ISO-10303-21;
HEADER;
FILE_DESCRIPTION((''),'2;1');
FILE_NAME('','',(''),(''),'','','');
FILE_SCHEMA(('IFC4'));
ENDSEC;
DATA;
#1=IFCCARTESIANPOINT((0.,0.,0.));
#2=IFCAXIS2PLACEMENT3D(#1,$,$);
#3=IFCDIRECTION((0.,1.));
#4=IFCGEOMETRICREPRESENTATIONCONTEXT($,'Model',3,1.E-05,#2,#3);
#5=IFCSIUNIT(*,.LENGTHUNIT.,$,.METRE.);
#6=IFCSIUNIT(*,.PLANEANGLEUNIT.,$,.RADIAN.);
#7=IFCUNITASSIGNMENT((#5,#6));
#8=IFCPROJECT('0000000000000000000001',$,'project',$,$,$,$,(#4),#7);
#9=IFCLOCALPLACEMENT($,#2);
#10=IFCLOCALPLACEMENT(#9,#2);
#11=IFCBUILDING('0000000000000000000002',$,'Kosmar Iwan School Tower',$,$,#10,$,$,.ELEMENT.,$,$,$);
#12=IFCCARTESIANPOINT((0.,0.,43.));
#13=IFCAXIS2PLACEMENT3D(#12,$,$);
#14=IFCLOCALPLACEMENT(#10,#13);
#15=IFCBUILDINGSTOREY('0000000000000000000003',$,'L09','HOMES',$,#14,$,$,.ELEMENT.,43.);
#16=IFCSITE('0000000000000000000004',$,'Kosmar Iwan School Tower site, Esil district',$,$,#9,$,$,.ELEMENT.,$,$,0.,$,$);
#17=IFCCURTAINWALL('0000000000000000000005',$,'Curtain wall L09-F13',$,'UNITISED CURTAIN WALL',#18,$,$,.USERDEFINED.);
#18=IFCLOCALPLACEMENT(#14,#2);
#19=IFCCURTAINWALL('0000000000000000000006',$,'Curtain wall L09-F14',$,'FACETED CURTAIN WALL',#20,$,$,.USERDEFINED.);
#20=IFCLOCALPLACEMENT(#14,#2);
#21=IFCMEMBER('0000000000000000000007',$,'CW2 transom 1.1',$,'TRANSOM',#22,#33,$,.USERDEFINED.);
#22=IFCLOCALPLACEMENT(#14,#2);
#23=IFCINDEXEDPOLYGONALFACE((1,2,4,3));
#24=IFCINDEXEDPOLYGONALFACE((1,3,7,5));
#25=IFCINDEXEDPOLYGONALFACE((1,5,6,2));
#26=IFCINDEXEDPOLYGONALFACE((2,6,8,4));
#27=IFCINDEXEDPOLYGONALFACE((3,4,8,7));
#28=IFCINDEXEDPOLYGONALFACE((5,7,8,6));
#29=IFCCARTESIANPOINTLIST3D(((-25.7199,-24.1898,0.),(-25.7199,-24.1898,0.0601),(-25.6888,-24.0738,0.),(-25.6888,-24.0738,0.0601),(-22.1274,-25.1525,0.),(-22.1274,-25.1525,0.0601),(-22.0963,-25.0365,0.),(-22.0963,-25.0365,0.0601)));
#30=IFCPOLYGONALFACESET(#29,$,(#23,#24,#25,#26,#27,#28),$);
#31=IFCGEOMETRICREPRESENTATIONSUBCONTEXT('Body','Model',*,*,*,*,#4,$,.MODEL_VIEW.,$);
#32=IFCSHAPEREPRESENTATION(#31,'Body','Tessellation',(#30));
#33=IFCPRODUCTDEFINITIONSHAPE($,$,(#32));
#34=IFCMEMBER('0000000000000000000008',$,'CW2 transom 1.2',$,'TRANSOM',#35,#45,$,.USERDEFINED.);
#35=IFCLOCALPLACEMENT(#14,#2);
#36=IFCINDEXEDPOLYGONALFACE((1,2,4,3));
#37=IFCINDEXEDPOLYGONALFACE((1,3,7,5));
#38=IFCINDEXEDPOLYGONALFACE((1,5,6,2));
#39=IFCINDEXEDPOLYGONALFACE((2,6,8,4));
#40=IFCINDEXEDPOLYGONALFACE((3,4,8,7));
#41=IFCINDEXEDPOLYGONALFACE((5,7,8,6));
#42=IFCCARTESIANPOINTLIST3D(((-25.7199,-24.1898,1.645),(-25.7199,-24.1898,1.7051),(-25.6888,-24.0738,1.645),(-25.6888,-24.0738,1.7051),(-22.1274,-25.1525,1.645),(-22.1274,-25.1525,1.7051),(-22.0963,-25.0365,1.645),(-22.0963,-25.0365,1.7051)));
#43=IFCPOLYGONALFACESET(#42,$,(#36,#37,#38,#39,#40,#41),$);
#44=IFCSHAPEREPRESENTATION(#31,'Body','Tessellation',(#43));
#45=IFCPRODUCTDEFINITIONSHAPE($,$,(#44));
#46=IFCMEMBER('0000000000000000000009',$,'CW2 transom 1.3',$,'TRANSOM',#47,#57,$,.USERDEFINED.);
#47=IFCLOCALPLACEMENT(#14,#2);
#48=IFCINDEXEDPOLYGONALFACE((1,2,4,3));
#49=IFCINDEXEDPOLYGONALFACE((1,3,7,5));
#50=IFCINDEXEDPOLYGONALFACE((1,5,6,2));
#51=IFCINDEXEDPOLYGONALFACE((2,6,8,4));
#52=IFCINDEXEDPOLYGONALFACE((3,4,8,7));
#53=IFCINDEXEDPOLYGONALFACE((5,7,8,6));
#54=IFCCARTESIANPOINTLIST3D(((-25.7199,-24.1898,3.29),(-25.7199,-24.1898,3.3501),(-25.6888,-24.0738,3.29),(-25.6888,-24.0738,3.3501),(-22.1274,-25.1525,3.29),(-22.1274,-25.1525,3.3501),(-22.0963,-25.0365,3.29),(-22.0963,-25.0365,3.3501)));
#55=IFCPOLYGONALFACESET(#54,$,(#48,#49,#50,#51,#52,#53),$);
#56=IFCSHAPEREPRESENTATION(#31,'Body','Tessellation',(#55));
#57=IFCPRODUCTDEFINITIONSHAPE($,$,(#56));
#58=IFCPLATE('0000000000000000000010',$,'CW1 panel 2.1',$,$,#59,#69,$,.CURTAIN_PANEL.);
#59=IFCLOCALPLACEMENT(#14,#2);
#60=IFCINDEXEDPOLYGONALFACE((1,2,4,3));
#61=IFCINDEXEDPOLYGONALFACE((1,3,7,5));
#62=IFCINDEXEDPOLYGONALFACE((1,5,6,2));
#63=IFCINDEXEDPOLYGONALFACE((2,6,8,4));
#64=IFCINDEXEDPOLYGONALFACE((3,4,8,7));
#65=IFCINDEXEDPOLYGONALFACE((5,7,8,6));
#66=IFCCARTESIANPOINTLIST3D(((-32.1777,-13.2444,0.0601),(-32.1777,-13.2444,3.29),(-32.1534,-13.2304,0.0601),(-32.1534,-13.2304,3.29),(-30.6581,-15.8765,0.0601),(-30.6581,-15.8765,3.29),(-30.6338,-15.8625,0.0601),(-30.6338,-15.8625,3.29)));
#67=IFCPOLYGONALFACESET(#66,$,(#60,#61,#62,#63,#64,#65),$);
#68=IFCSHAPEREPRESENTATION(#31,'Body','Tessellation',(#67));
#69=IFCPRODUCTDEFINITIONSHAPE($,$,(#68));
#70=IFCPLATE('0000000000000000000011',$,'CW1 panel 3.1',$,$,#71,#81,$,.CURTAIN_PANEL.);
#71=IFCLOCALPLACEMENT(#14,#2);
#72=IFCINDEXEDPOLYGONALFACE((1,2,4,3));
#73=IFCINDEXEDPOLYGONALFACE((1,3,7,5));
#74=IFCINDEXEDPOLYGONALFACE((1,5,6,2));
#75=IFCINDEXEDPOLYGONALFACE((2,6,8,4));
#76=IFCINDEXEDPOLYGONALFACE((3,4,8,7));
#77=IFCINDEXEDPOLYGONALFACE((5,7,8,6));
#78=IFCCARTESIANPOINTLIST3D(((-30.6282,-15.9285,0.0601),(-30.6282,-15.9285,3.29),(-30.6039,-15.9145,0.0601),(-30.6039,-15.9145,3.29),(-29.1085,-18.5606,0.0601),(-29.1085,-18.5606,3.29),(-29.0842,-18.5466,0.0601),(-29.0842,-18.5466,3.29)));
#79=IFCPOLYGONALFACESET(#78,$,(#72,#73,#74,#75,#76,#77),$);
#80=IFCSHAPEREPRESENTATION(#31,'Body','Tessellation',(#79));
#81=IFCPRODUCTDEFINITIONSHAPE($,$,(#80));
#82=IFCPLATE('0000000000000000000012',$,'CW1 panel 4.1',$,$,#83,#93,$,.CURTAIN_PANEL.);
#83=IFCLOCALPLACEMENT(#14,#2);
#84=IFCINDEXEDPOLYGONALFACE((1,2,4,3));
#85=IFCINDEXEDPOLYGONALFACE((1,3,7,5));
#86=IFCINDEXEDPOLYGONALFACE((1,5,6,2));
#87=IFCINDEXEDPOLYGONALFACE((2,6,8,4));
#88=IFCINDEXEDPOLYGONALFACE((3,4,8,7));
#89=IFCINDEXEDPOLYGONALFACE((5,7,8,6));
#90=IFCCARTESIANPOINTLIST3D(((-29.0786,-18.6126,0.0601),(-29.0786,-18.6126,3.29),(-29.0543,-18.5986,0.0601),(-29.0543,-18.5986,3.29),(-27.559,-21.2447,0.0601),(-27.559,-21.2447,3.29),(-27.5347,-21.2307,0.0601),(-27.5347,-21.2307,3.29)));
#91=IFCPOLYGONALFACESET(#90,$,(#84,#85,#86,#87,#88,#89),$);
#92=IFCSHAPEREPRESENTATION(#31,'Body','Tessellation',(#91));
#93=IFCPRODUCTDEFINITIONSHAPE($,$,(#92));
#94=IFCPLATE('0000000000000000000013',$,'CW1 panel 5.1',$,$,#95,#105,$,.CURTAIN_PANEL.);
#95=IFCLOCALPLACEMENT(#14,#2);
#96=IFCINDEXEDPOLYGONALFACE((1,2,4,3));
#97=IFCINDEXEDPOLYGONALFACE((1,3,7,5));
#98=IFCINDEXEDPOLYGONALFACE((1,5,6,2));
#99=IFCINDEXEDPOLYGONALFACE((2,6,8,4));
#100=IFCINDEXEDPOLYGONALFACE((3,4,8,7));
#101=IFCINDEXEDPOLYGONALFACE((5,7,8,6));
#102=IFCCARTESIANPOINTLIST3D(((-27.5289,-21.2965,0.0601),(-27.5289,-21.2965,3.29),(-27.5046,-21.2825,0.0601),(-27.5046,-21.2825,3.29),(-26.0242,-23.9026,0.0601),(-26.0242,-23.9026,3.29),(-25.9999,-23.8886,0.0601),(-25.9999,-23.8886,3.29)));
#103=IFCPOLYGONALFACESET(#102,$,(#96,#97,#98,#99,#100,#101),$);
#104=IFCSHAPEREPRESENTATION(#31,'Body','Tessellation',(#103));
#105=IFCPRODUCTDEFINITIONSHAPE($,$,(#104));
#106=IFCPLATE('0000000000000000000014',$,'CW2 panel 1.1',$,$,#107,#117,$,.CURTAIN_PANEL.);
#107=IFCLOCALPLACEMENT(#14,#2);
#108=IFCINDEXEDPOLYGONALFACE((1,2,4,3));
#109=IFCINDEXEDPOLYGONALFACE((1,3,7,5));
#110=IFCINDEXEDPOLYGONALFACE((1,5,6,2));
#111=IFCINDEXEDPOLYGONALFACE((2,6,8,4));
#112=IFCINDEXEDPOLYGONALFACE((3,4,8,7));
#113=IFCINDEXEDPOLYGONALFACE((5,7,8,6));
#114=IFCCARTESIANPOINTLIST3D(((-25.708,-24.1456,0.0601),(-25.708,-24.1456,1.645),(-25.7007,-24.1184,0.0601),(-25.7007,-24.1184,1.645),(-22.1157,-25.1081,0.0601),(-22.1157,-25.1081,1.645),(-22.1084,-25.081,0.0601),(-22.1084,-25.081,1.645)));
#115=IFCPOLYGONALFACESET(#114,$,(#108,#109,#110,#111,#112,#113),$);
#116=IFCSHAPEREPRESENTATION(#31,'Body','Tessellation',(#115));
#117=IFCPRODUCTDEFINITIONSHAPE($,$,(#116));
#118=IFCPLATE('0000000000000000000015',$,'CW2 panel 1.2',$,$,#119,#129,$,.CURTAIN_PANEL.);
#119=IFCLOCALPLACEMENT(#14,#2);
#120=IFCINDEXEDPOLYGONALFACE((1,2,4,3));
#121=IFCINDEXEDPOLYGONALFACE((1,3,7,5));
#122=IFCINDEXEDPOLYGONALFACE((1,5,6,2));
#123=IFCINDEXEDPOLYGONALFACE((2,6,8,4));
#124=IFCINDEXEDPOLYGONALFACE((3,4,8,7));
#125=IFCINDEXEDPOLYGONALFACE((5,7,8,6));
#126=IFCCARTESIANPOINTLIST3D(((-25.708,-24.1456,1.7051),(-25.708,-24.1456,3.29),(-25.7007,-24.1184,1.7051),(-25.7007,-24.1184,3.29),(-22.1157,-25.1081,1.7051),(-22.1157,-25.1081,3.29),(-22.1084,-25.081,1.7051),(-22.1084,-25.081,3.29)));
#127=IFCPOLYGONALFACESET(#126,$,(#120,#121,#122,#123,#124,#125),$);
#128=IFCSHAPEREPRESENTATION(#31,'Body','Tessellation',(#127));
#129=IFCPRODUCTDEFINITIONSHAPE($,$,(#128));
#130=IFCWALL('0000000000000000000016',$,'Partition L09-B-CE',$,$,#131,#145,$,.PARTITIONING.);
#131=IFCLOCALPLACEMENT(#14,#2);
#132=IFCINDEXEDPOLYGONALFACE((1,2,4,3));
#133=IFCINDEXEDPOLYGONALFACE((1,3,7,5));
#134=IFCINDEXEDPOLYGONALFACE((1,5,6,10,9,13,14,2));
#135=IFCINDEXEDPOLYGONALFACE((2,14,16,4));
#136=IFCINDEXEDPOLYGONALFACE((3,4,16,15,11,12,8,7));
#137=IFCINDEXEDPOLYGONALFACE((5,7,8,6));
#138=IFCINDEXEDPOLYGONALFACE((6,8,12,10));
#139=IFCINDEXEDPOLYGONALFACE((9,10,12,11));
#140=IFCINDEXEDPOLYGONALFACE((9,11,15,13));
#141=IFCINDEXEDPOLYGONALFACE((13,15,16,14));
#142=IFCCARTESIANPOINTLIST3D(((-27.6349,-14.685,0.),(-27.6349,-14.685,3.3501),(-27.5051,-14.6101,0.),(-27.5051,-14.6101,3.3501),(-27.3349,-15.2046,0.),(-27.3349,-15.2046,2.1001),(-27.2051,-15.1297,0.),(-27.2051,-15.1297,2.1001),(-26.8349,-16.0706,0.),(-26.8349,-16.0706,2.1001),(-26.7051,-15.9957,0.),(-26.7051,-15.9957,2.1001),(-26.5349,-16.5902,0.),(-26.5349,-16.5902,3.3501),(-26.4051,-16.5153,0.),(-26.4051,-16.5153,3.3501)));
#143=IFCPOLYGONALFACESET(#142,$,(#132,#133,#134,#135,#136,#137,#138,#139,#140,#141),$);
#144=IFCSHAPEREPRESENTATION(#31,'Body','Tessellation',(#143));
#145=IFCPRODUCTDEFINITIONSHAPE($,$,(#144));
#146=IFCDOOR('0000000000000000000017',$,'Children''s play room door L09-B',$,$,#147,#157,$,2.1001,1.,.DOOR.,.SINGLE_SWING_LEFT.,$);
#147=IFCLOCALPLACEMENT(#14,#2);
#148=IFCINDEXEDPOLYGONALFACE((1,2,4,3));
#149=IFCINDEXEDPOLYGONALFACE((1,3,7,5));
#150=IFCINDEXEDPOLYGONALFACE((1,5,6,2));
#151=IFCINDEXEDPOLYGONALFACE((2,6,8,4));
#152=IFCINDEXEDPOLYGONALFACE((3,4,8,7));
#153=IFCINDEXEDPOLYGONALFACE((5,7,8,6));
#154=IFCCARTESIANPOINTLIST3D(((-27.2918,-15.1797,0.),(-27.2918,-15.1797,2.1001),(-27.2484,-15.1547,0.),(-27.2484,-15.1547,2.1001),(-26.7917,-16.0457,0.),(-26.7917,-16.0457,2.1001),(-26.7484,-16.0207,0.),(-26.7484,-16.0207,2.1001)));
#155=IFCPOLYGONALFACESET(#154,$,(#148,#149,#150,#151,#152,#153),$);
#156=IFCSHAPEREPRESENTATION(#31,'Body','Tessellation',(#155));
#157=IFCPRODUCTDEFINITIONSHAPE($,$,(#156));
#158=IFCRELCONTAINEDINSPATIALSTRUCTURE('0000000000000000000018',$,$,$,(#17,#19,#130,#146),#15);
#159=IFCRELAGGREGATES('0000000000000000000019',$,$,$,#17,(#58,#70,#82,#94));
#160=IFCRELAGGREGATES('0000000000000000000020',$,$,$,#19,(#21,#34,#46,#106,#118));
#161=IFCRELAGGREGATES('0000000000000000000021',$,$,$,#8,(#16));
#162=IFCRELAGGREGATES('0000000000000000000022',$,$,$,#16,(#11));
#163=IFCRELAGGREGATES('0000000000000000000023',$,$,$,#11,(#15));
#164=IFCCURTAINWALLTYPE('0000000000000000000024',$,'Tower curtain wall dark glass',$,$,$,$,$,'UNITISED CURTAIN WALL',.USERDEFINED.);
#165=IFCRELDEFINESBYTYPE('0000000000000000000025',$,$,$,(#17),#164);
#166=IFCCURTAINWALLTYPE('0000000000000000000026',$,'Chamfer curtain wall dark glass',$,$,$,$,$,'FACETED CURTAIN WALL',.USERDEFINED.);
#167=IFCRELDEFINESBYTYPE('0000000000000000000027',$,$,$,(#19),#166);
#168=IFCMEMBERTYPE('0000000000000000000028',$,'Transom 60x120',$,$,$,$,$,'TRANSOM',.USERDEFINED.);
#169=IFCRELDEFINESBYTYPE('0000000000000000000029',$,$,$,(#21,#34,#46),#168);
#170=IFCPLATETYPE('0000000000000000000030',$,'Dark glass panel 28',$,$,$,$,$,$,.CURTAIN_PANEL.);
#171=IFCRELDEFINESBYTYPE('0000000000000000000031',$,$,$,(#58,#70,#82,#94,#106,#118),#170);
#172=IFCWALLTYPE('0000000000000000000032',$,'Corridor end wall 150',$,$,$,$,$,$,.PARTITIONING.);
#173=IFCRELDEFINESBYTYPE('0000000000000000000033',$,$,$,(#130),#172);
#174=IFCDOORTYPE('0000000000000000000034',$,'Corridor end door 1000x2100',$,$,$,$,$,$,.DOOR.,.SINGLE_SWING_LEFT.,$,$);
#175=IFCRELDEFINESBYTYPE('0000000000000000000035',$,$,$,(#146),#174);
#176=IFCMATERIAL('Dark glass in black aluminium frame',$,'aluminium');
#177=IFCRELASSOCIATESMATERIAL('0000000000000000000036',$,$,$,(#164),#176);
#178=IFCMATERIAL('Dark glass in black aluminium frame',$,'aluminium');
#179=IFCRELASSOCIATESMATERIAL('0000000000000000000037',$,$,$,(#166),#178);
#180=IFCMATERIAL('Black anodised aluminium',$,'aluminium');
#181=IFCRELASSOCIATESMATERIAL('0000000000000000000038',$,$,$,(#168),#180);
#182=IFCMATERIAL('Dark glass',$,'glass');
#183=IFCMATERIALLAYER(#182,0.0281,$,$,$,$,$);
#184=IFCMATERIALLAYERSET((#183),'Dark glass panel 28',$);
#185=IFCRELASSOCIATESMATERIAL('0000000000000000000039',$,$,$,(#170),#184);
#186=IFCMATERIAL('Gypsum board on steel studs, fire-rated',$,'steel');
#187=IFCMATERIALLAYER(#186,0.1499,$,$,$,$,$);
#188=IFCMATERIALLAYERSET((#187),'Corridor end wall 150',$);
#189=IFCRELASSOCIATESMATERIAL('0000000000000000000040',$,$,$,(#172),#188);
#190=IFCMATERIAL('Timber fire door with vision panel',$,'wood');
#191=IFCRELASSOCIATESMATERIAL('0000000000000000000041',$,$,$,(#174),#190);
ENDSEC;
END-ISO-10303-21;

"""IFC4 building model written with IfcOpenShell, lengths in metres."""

from ifc_helpers import new_model, si_unit, direction, frame, frame_2d, origin, origin_2d, place, context, subcontext, project, spatial, rectangle, extrude, material, layer, layer_set, material_profile, profile_set, type_object, element, fill, aggregate, save


model = new_model("IFC4")

# Units and contexts
model_context = context("Model", 3, precision=1e-05, world=origin(), true_north=direction((0.0, 1.0)))
body_context = subcontext(model_context, "Body", "Model", "MODEL_VIEW")
ifc_project = project(units=[si_unit("LENGTHUNIT", "METRE"), si_unit("PLANEANGLEUNIT", "RADIAN")], contexts=[model_context])

# Site, building, storey
site_placement = place(None, origin())
site = spatial("IfcSite", under=ifc_project, at=site_placement, Name="Kosmar Iwan School Tower site, Esil district", CompositionType="ELEMENT", RefElevation=0.0)
building_placement = place(site_placement, origin())
building = spatial("IfcBuilding", under=site, at=building_placement, Name="Kosmar Iwan School Tower", CompositionType="ELEMENT")
storey_placement = place(building_placement, frame((0.0, 0.0, 43.0)))
storey = spatial("IfcBuildingStorey", under=building, at=storey_placement, Name="L09", Description="HOMES", CompositionType="ELEMENT", Elevation=43.0)

# Curtain wall
ifc_material_1 = material(Name="Dark glass in black aluminium frame", Category="aluminium")
curtain_wall_type_1 = type_object("IfcCurtainWallType", Name="Tower curtain wall dark glass", ElementType="UNITISED CURTAIN WALL", PredefinedType="USERDEFINED", material=ifc_material_1)
curtain_wall_1_placement = place(storey_placement, origin())
curtain_wall_1 = element("IfcCurtainWall", 1, at=curtain_wall_1_placement, inside=storey, type_object=curtain_wall_type_1, Name="Curtain wall L09-F13", ObjectType="UNITISED CURTAIN WALL", PredefinedType="USERDEFINED")

# Curtain wall
ifc_material_2 = material(Name="Dark glass in black aluminium frame", Category="aluminium")
curtain_wall_type_2 = type_object("IfcCurtainWallType", Name="Chamfer curtain wall dark glass", ElementType="FACETED CURTAIN WALL", PredefinedType="USERDEFINED", material=ifc_material_2)
curtain_wall_2_placement = place(storey_placement, origin())
curtain_wall_2 = element("IfcCurtainWall", 2, at=curtain_wall_2_placement, inside=storey, type_object=curtain_wall_type_2, Name="Curtain wall L09-F14", ObjectType="FACETED CURTAIN WALL", PredefinedType="USERDEFINED")

# Members
ifc_material_3 = material(Name="Black anodised aluminium", Category="aluminium")
ifc_material_profile_1 = material_profile(ifc_material_3, rectangle(XDim=0.1201, YDim=0.0601, at=origin_2d()), Name="TRANSOM 60x120")
ifc_profile_set_1 = profile_set([ifc_material_profile_1], Name="Black anodised aluminium")
member_type_1 = type_object("IfcMemberType", Name="Transom 60x120", ElementType="TRANSOM", PredefinedType="USERDEFINED", material=ifc_profile_set_1)
member_1_placement = place(storey_placement, frame((-25.7043, -24.1318, 0.03), z_axis=(0.965924, -0.258827, 0.0), x_axis=(0.258827, 0.965924, 0.0)))
member_1 = element("IfcMember", 3, at=member_1_placement, type_object=member_type_1, Name="CW2 transom 1.1", ObjectType="TRANSOM", PredefinedType="USERDEFINED", context=body_context, shape_type="SweptSolid", body=[
    extrude(rectangle(XDim=0.1201, YDim=0.0601, at=origin_2d()), origin(), (0.0, 0.0, 1.0), 3.7192),
])
member_2_placement = place(storey_placement, frame((-25.7043, -24.1318, 1.675), z_axis=(0.965924, -0.258827, 0.0), x_axis=(0.258827, 0.965924, 0.0)))
member_2 = element("IfcMember", 4, at=member_2_placement, type_object=member_type_1, Name="CW2 transom 1.2", ObjectType="TRANSOM", PredefinedType="USERDEFINED", context=body_context, shape_type="SweptSolid", body=[
    extrude(rectangle(XDim=0.1201, YDim=0.0601, at=origin_2d()), origin(), (0.0, 0.0, 1.0), 3.7192),
])
member_3_placement = place(storey_placement, frame((-25.7043, -24.1318, 3.3201), z_axis=(0.965924, -0.258827, 0.0), x_axis=(0.258827, 0.965924, 0.0)))
member_3 = element("IfcMember", 5, at=member_3_placement, type_object=member_type_1, Name="CW2 transom 1.3", ObjectType="TRANSOM", PredefinedType="USERDEFINED", context=body_context, shape_type="SweptSolid", body=[
    extrude(rectangle(XDim=0.1201, YDim=0.0601, at=origin_2d()), origin(), (0.0, 0.0, 1.0), 3.7192),
])

# Plates
ifc_material_4 = material(Name="Dark glass", Category="glass")
ifc_layer_1 = layer(ifc_material_4, 0.0281)
ifc_layer_set_1 = layer_set([ifc_layer_1], Name="Dark glass panel 28")
plate_type = type_object("IfcPlateType", Name="Dark glass panel 28", PredefinedType="CURTAIN_PANEL", material=ifc_layer_set_1)
plate_1_placement = place(storey_placement, frame((-31.4058, -14.5535, 0.0601), z_axis=(0.0, 0.0, 1.0), x_axis=(0.5, -0.866025, 0.0)))
plate_1 = element("IfcPlate", 6, at=plate_1_placement, type_object=plate_type, Name="CW1 panel 2.1", PredefinedType="CURTAIN_PANEL", context=body_context, shape_type="SweptSolid", body=[
    extrude(rectangle(XDim=3.0393, YDim=0.0281, at=origin_2d()), origin(), (0.0, 0.0, 1.0), 3.23),
])
plate_2_placement = place(storey_placement, frame((-29.8562, -17.2375, 0.0601), z_axis=(0.0, 0.0, 1.0), x_axis=(0.5, -0.866025, 0.0)))
plate_2 = element("IfcPlate", 7, at=plate_2_placement, type_object=plate_type, Name="CW1 panel 3.1", PredefinedType="CURTAIN_PANEL", context=body_context, shape_type="SweptSolid", body=[
    extrude(rectangle(XDim=3.0393, YDim=0.0281, at=origin_2d()), origin(), (0.0, 0.0, 1.0), 3.23),
])
plate_3_placement = place(storey_placement, frame((-28.3066, -19.9216, 0.0601), z_axis=(0.0, 0.0, 1.0), x_axis=(0.5, -0.866025, 0.0)))
plate_3 = element("IfcPlate", 8, at=plate_3_placement, type_object=plate_type, Name="CW1 panel 4.1", PredefinedType="CURTAIN_PANEL", context=body_context, shape_type="SweptSolid", body=[
    extrude(rectangle(XDim=3.0393, YDim=0.0281, at=origin_2d()), origin(), (0.0, 0.0, 1.0), 3.23),
])
plate_4_placement = place(storey_placement, frame((-26.7644, -22.5925, 0.0601), z_axis=(0.0, 0.0, 1.0), x_axis=(0.5, -0.866025, 0.0)))
plate_4 = element("IfcPlate", 9, at=plate_4_placement, type_object=plate_type, Name="CW1 panel 5.1", PredefinedType="CURTAIN_PANEL", context=body_context, shape_type="SweptSolid", body=[
    extrude(rectangle(XDim=3.0093, YDim=0.0281, at=origin_2d()), origin(), (0.0, 0.0, 1.0), 3.23),
])
aggregate(curtain_wall_1, [plate_1, plate_2, plate_3, plate_4])
plate_5_placement = place(storey_placement, frame((-23.9082, -24.6133, 0.0601), z_axis=(0.0, 0.0, 1.0), x_axis=(0.965926, -0.258819, 0.0)))
plate_5 = element("IfcPlate", 10, at=plate_5_placement, type_object=plate_type, Name="CW2 panel 1.1", PredefinedType="CURTAIN_PANEL", context=body_context, shape_type="SweptSolid", body=[
    extrude(rectangle(XDim=3.719, YDim=0.0281, at=origin_2d()), origin(), (0.0, 0.0, 1.0), 1.585),
])
plate_6_placement = place(storey_placement, frame((-23.9082, -24.6133, 1.7051), z_axis=(0.0, 0.0, 1.0), x_axis=(0.965926, -0.258819, 0.0)))
plate_6 = element("IfcPlate", 11, at=plate_6_placement, type_object=plate_type, Name="CW2 panel 1.2", PredefinedType="CURTAIN_PANEL", context=body_context, shape_type="SweptSolid", body=[
    extrude(rectangle(XDim=3.719, YDim=0.0281, at=origin_2d()), origin(), (0.0, 0.0, 1.0), 1.585),
])
aggregate(curtain_wall_2, [member_1, member_2, member_3, plate_5, plate_6])

# Wall, opening, door
ifc_material_5 = material(Name="Gypsum board on steel studs, fire-rated", Category="steel")
ifc_layer_2 = layer(ifc_material_5, 0.1499)
ifc_layer_set_2 = layer_set([ifc_layer_2], Name="Corridor end wall 150")
wall_type_1 = type_object("IfcWallType", Name="Corridor end wall 150", PredefinedType="PARTITIONING", material=ifc_layer_set_2)
wall_1_placement = place(storey_placement, frame((-27.5701, -14.6475, 0.0), z_axis=(0.0, 0.0, 1.0), x_axis=(0.50003, -0.866008, 0.0)))
wall_1 = element("IfcWall", 12, at=wall_1_placement, inside=storey, type_object=wall_type_1, Name="Partition L09-B-CE", PredefinedType="PARTITIONING", context=body_context, shape_type="SweptSolid", body=[
    extrude(rectangle(XDim=2.2, YDim=0.1499, at=frame_2d((1.1001, 0.0))), origin(), (0.0, 0.0, 1.0), 3.3501),
])
opening_1_placement = place(wall_1_placement, frame((0.6001, 0.0, 0.0)))
opening_1 = element("IfcOpeningElement", 13, at=opening_1_placement, cuts=wall_1, PredefinedType="OPENING", context=body_context, shape_type="SweptSolid", body=[
    extrude(rectangle(XDim=1.0, YDim=2.1001, at=frame_2d((0.5, 1.05))), frame((0.0, 0.0869, 0.0), z_axis=(0.0, -1.0, 0.0), x_axis=(1.0, 0.0, 0.0)), (0.0, 0.0, 1.0), 0.1738),
])
ifc_material_6 = material(Name="Timber fire door with vision panel", Category="wood")
door_type_1 = type_object("IfcDoorType", Name="Corridor end door 1000x2100", OperationType="SINGLE_SWING_LEFT", PredefinedType="DOOR", material=ifc_material_6)
door_1_placement = place(opening_1_placement, origin())
door_1 = element("IfcDoor", 14, at=door_1_placement, inside=storey, type_object=door_type_1, Name="Children's play room door L09-B", OperationType="SINGLE_SWING_LEFT", OverallHeight=2.1001, OverallWidth=1.0, PredefinedType="DOOR", context=body_context, shape_type="SweptSolid", body=[
    extrude(rectangle(XDim=1.0, YDim=2.1001, at=frame_2d((0.5, 1.05))), frame((0.0, 0.0249, 0.0), z_axis=(0.0, -1.0, 0.0), x_axis=(1.0, 0.0, 0.0)), (0.0, 0.0, 1.0), 0.05),
])
fill(opening_1, door_1)

save(model, "model.ifc")
